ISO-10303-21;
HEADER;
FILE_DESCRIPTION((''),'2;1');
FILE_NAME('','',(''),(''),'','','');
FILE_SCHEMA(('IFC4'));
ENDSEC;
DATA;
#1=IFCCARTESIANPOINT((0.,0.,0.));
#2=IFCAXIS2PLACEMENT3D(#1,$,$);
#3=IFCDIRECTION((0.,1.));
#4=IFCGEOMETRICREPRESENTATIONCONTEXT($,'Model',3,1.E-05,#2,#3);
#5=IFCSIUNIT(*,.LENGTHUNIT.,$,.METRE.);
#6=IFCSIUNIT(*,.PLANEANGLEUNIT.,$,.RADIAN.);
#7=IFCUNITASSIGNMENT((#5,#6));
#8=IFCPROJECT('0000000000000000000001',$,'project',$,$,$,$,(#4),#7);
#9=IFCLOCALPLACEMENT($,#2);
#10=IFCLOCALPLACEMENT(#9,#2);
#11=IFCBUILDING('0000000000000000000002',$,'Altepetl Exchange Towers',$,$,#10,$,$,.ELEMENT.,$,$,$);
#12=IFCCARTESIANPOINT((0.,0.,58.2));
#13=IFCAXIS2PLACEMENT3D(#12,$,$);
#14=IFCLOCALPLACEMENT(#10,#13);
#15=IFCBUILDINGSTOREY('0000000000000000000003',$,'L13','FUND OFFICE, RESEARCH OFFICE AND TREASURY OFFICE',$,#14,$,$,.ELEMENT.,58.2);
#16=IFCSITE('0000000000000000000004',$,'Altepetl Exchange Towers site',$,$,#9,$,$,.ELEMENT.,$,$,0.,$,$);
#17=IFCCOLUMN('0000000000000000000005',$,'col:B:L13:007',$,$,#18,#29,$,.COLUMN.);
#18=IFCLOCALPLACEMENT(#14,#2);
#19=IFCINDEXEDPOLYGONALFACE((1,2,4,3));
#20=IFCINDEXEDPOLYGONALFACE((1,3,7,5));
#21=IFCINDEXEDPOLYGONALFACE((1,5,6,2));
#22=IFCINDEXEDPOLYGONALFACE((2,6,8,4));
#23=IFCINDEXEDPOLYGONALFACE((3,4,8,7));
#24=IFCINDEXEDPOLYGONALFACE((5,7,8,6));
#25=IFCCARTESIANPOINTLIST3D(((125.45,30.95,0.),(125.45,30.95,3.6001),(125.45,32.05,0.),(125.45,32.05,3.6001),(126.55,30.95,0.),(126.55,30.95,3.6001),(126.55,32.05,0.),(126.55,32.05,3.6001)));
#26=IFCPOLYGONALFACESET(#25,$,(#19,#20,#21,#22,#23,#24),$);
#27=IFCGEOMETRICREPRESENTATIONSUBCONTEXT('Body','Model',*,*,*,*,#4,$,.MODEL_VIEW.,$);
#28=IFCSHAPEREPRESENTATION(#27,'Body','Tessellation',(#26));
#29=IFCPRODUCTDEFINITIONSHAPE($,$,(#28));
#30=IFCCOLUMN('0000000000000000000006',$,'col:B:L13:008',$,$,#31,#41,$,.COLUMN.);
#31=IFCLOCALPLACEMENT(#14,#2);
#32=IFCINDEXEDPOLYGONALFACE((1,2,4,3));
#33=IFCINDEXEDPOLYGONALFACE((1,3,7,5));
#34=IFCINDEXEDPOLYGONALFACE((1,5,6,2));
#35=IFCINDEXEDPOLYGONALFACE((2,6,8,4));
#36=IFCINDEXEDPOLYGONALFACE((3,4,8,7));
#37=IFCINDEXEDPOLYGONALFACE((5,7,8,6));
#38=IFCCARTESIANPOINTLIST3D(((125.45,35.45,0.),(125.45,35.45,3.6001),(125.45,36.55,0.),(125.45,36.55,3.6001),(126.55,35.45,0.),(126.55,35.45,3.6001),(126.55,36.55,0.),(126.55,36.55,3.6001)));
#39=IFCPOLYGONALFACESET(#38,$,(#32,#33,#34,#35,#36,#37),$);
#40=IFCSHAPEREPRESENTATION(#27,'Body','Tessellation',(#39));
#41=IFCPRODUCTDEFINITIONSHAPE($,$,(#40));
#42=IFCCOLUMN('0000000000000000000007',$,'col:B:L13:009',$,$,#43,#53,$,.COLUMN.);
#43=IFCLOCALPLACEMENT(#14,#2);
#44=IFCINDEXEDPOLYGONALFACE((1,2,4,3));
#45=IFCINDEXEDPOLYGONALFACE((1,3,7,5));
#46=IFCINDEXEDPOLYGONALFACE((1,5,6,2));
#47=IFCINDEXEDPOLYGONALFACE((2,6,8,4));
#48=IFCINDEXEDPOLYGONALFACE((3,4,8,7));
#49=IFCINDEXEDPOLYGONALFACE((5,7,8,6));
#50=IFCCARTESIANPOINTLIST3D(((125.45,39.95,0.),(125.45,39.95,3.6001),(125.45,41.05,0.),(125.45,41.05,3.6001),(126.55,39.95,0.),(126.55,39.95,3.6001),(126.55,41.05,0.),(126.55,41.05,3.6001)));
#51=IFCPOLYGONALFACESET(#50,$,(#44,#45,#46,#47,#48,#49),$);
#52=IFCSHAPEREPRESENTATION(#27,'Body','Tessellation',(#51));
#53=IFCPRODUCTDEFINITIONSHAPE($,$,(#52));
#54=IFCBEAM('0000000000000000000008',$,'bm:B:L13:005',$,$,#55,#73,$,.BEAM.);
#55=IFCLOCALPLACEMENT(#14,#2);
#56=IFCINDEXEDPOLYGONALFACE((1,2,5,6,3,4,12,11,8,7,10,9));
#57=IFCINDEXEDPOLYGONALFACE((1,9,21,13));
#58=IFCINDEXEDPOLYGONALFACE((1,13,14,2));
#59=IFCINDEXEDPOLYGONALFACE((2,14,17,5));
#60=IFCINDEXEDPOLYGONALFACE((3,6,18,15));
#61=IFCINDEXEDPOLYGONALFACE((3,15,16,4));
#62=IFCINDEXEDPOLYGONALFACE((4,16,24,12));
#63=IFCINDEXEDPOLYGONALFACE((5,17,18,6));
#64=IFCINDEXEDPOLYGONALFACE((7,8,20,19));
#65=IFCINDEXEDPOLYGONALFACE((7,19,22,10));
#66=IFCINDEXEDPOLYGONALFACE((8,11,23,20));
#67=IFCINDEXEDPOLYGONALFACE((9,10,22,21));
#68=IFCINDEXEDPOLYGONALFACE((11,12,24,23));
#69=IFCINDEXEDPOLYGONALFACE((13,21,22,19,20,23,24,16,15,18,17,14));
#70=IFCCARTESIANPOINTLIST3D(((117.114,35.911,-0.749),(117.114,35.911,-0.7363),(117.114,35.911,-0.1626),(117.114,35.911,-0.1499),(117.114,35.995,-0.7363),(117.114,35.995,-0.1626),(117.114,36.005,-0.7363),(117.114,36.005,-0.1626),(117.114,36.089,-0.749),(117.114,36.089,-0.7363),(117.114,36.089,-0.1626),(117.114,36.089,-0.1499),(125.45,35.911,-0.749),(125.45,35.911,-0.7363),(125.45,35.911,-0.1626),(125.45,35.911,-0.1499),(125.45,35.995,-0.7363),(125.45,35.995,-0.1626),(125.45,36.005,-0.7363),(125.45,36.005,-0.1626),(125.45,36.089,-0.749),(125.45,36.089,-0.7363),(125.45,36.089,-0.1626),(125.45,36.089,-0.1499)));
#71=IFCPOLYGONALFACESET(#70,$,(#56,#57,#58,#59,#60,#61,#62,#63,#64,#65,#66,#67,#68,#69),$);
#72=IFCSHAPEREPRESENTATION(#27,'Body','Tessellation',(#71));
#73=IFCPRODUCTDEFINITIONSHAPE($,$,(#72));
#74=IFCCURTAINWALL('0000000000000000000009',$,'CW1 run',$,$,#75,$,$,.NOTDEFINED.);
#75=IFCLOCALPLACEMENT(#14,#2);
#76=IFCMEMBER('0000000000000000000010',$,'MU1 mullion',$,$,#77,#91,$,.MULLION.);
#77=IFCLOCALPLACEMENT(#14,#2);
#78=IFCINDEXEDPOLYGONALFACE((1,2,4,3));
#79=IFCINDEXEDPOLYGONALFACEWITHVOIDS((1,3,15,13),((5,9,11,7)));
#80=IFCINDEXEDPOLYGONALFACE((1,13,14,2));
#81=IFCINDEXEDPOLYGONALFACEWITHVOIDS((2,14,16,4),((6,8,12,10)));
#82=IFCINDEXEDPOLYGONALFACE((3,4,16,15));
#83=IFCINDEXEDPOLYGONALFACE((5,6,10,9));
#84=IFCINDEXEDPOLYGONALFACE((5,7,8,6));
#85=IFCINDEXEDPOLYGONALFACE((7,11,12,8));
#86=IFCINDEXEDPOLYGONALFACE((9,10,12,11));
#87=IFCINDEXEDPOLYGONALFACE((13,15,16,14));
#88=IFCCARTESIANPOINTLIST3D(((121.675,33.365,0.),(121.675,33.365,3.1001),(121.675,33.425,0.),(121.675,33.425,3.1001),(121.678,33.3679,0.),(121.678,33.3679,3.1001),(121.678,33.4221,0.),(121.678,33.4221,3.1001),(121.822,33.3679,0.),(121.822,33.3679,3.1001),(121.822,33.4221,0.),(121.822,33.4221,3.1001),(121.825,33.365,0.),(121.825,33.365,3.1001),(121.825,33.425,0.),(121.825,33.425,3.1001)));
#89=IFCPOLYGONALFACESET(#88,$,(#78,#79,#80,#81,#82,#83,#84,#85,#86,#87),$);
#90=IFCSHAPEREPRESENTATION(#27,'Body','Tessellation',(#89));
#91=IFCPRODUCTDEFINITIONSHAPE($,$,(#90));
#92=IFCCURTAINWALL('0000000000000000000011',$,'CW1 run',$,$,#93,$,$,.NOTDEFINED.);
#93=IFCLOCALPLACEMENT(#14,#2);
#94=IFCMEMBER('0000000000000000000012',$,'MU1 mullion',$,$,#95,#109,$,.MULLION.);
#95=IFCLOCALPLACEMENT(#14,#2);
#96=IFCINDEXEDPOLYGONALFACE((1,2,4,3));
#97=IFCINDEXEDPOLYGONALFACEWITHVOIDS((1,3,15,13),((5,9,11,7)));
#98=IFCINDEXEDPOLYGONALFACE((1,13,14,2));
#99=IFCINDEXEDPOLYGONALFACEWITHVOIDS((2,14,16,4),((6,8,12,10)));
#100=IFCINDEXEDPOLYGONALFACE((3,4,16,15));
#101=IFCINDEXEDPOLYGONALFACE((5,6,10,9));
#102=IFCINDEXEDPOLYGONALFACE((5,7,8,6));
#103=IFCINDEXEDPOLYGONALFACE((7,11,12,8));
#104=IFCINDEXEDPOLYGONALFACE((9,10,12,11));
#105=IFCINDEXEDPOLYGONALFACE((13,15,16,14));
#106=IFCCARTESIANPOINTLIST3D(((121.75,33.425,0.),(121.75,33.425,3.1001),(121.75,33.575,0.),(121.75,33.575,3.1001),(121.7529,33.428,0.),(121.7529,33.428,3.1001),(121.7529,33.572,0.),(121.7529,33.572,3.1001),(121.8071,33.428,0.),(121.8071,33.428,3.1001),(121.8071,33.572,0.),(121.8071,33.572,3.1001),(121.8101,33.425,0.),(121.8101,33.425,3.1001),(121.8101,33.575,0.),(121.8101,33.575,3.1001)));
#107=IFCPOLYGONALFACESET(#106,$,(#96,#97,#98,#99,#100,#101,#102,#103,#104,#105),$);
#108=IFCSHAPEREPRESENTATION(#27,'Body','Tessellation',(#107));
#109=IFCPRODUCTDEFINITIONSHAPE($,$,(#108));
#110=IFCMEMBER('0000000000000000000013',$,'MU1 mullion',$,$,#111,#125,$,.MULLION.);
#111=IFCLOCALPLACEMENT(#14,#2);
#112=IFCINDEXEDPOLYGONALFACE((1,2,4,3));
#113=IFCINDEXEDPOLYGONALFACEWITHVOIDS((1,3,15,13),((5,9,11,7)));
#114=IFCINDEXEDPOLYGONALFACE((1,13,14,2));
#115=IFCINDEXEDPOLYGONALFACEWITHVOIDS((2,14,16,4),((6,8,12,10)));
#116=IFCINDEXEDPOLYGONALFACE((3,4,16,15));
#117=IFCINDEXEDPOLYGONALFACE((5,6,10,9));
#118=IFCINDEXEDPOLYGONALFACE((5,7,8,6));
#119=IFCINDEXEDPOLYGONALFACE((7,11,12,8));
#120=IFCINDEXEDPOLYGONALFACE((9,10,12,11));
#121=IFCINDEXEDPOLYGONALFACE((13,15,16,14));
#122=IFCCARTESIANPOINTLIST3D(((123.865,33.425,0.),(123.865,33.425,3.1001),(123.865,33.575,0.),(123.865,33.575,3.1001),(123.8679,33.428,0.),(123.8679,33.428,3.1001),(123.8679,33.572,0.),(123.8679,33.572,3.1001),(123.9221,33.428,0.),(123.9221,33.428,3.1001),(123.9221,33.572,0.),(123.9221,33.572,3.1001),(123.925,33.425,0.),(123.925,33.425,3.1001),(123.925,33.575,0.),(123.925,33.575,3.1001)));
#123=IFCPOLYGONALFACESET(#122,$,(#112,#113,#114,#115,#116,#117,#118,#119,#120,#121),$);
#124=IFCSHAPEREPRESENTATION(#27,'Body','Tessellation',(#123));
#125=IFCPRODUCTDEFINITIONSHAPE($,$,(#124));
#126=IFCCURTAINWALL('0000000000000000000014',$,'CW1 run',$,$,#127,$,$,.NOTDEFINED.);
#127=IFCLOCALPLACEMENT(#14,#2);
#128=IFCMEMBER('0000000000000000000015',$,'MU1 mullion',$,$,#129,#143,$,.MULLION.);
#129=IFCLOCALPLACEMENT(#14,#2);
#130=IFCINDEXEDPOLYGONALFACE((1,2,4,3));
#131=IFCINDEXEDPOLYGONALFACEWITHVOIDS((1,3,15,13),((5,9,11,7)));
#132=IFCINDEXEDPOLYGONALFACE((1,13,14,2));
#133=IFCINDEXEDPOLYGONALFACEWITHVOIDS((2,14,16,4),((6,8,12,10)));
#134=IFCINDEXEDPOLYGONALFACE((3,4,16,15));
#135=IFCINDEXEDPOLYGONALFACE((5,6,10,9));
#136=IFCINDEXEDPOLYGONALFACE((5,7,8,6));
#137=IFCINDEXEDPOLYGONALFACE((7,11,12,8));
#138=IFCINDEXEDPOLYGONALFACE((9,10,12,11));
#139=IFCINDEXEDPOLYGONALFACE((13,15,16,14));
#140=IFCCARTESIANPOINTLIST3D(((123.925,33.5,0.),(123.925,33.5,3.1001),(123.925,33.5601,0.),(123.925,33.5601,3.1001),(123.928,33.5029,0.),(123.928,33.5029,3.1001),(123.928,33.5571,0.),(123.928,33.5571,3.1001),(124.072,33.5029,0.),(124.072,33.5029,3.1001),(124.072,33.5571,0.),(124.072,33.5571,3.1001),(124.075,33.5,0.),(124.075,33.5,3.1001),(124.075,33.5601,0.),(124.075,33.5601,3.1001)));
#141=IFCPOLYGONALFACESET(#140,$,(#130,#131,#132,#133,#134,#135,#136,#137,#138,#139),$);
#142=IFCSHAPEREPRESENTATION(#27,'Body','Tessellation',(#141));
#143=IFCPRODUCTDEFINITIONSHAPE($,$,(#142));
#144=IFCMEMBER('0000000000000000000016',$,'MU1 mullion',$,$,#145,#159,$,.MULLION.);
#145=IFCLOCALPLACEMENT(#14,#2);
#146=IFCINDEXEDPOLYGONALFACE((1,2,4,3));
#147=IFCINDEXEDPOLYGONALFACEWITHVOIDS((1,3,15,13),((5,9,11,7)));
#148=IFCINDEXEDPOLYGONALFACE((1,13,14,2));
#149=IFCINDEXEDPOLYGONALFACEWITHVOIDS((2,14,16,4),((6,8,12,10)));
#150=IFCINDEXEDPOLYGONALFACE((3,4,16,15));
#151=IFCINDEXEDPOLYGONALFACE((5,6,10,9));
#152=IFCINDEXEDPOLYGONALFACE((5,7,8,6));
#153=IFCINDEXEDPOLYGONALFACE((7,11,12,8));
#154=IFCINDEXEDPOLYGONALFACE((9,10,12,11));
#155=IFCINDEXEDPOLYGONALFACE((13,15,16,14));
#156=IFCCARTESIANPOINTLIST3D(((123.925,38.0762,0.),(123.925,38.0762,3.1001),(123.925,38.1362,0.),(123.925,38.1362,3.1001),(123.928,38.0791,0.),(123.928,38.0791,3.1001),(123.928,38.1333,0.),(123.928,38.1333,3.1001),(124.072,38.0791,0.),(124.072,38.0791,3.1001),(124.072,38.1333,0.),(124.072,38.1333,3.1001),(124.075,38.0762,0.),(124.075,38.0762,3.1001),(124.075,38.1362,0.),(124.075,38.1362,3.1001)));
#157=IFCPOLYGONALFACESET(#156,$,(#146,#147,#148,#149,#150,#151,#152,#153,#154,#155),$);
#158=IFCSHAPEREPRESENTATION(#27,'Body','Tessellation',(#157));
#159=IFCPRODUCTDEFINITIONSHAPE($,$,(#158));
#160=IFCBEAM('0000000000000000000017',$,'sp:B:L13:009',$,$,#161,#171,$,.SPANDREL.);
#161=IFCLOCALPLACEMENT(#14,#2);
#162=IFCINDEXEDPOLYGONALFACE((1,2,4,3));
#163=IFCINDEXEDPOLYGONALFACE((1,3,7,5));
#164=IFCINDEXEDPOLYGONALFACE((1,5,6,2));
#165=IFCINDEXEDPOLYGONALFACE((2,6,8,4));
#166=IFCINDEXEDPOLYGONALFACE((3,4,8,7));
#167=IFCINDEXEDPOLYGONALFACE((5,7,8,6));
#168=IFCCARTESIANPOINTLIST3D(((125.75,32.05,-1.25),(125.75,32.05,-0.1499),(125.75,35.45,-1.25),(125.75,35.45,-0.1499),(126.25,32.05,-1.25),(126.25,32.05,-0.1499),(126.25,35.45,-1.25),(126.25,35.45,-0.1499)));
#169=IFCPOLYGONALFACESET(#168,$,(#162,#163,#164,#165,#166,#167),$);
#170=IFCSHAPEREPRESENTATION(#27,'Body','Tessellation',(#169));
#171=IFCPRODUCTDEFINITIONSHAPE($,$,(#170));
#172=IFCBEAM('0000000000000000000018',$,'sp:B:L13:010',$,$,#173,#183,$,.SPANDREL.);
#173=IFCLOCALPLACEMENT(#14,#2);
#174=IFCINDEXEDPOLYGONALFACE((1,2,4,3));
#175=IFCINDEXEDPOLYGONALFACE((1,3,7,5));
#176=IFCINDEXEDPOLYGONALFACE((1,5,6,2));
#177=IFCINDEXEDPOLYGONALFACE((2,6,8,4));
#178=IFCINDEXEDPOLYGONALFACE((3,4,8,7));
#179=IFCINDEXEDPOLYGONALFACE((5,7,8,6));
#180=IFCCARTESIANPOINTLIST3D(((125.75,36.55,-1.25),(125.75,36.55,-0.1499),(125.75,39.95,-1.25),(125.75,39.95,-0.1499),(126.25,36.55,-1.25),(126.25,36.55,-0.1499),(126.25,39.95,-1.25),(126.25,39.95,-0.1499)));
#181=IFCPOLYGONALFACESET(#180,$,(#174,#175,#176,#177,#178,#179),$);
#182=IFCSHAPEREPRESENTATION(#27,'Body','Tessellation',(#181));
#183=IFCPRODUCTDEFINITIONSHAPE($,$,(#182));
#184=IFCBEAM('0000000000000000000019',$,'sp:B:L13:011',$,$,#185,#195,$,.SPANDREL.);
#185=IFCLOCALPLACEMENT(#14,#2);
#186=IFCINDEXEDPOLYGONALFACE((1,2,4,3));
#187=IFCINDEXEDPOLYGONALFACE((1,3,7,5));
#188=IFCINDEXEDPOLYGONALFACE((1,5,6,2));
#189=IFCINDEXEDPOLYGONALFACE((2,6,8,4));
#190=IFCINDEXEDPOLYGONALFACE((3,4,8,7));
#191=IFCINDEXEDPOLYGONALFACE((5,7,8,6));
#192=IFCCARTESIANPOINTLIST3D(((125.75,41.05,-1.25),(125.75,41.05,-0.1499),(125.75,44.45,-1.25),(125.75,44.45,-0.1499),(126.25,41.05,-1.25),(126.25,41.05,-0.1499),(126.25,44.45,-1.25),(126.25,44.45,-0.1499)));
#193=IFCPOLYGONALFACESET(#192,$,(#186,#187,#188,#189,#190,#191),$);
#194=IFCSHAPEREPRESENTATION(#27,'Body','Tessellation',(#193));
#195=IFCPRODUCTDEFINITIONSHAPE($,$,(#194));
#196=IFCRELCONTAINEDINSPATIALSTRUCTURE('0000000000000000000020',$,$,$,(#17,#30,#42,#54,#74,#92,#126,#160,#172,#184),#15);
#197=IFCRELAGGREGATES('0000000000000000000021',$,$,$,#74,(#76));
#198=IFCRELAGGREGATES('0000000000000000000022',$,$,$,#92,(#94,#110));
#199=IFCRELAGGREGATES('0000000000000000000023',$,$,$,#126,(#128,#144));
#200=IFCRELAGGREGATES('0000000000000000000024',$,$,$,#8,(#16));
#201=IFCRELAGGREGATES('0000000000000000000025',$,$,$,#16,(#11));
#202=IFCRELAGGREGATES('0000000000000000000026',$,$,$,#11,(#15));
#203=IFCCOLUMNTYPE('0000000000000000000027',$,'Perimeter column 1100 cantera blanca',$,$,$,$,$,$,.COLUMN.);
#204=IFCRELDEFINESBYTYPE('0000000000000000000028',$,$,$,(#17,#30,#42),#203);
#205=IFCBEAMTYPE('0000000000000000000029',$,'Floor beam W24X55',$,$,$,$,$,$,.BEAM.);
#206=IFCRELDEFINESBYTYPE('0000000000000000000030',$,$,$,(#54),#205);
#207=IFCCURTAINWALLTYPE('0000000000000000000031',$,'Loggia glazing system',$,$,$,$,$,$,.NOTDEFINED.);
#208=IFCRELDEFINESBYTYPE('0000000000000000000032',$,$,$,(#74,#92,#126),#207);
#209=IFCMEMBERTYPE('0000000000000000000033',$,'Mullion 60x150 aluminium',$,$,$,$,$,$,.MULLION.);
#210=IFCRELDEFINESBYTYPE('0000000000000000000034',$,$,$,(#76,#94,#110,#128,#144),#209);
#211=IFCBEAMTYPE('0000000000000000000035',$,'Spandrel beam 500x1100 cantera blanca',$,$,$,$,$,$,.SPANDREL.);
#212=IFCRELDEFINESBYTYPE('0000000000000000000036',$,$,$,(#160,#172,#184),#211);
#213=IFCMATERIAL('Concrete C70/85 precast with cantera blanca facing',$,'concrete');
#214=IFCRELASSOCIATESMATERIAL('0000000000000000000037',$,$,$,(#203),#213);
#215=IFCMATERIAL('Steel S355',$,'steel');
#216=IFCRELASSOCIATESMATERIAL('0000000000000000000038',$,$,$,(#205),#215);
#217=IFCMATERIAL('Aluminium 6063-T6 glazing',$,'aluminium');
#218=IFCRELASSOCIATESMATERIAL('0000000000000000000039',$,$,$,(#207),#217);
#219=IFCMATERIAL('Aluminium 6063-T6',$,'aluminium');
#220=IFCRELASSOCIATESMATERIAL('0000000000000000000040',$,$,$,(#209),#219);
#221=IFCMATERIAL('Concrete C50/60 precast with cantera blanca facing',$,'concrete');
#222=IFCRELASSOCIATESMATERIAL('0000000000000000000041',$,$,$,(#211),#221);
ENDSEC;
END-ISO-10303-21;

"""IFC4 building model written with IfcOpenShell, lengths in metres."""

from ifc_helpers import new_model, si_unit, direction, frame, origin, origin_2d, place, context, subcontext, project, spatial, rectangle, hollow_rectangle, i_section, extrude, material, material_profile, profile_set, type_object, element, aggregate, save


model = new_model("IFC4")

# Units and contexts
model_context = context("Model", 3, precision=1e-05, world=origin(), true_north=direction((0.0, 1.0)))
body_context = subcontext(model_context, "Body", "Model", "MODEL_VIEW")
ifc_project = project(units=[si_unit("LENGTHUNIT", "METRE"), si_unit("PLANEANGLEUNIT", "RADIAN")], contexts=[model_context])

# Site, building, storey
site_placement = place(None, origin())
site = spatial("IfcSite", under=ifc_project, at=site_placement, Name="Altepetl Exchange Towers site", CompositionType="ELEMENT", RefElevation=0.0)
building_placement = place(site_placement, origin())
building = spatial("IfcBuilding", under=site, at=building_placement, Name="Altepetl Exchange Towers", CompositionType="ELEMENT")
storey_placement = place(building_placement, frame((0.0, 0.0, 58.2)))
storey = spatial("IfcBuildingStorey", under=building, at=storey_placement, Name="L13", Description="FUND OFFICE, RESEARCH OFFICE AND TREASURY OFFICE", CompositionType="ELEMENT", Elevation=58.2)

# Columns
ifc_material_1 = material(Name="Concrete C70/85 precast with cantera blanca facing", Category="concrete")
ifc_material_profile_1 = material_profile(ifc_material_1, rectangle(XDim=1.1001, YDim=1.1001, at=origin_2d()), Name="1100 x 1100")
ifc_profile_set_1 = profile_set([ifc_material_profile_1], Name="Concrete C70/85 precast with cantera blanca facing")
column_type = type_object("IfcColumnType", Name="Perimeter column 1100 cantera blanca", PredefinedType="COLUMN", material=ifc_profile_set_1)
for number, where, name in (
    (1, (126.0, 31.5, 0.0), "col:B:L13:007"),
    (2, (126.0, 36.0, 0.0), "col:B:L13:008"),
    (3, (126.0, 40.5, 0.0), "col:B:L13:009"),
):
    element("IfcColumn", number, at=place(storey_placement, frame(where)), inside=storey, type_object=column_type, Name=name, PredefinedType="COLUMN", context=body_context, shape_type="SweptSolid", body=[
        extrude(rectangle(XDim=1.1001, YDim=1.1001, at=origin_2d()), origin(), (0.0, 0.0, 1.0), 3.6001),
    ])

# Beam
ifc_material_2 = material(Name="Steel S355", Category="steel")
ifc_material_profile_2 = material_profile(ifc_material_2, i_section(OverallWidth=0.178, OverallDepth=0.5991, WebThickness=0.01, FlangeThickness=0.0127, at=origin_2d()), Name="W24X55")
ifc_profile_set_2 = profile_set([ifc_material_profile_2], Name="Steel S355")
beam_type_1 = type_object("IfcBeamType", Name="Floor beam W24X55", PredefinedType="BEAM", material=ifc_profile_set_2)
beam_placement = place(storey_placement, frame((117.114, 36.0, -0.4495), z_axis=(1.0, 0.0, 0.0), x_axis=(0.0, 1.0, 0.0)))
element("IfcBeam", 4, at=beam_placement, inside=storey, type_object=beam_type_1, Name="bm:B:L13:005", PredefinedType="BEAM", context=body_context, shape_type="SweptSolid", body=[
    extrude(i_section(OverallWidth=0.178, OverallDepth=0.5991, WebThickness=0.01, FlangeThickness=0.0127, at=origin_2d()), origin(), (0.0, 0.0, 1.0), 8.3359),
])

# Curtain wall, member
ifc_material_3 = material(Name="Aluminium 6063-T6 glazing", Category="aluminium")
curtain_wall_type = type_object("IfcCurtainWallType", Name="Loggia glazing system", PredefinedType="NOTDEFINED", material=ifc_material_3)
curtain_wall_1_placement = place(storey_placement, origin())
curtain_wall_1 = element("IfcCurtainWall", 5, at=curtain_wall_1_placement, inside=storey, type_object=curtain_wall_type, Name="CW1 run", PredefinedType="NOTDEFINED")
ifc_material_4 = material(Name="Aluminium 6063-T6", Category="aluminium")
ifc_material_profile_3 = material_profile(ifc_material_4, hollow_rectangle(XDim=0.0601, YDim=0.1499, WallThickness=0.0029, at=origin_2d()), Name="Mullion 60x150 aluminium")
ifc_profile_set_3 = profile_set([ifc_material_profile_3], Name="Aluminium 6063-T6")
member_type = type_object("IfcMemberType", Name="Mullion 60x150 aluminium", PredefinedType="MULLION", material=ifc_profile_set_3)
member_1_placement = place(storey_placement, frame((121.75, 33.395, 0.0), z_axis=(0.0, 0.0, 1.0), x_axis=(0.0, 1.0, 0.0)))
member_1 = element("IfcMember", 6, at=member_1_placement, type_object=member_type, Name="MU1 mullion", PredefinedType="MULLION", context=body_context, shape_type="SweptSolid", body=[
    extrude(hollow_rectangle(XDim=0.0601, YDim=0.1499, WallThickness=0.0029, at=origin_2d()), origin(), (0.0, 0.0, 1.0), 3.1001),
])

# Curtain walls, members
curtain_wall_2_placement = place(storey_placement, origin())
curtain_wall_2 = element("IfcCurtainWall", 7, at=curtain_wall_2_placement, inside=storey, type_object=curtain_wall_type, Name="CW1 run", PredefinedType="NOTDEFINED")
member_2_placement = place(storey_placement, frame((121.78, 33.5, 0.0)))
member_2 = element("IfcMember", 8, at=member_2_placement, type_object=member_type, Name="MU1 mullion", PredefinedType="MULLION", context=body_context, shape_type="SweptSolid", body=[
    extrude(hollow_rectangle(XDim=0.0601, YDim=0.1499, WallThickness=0.0029, at=origin_2d()), origin(), (0.0, 0.0, 1.0), 3.1001),
])
member_3_placement = place(storey_placement, frame((123.895, 33.5, 0.0)))
member_3 = element("IfcMember", 9, at=member_3_placement, type_object=member_type, Name="MU1 mullion", PredefinedType="MULLION", context=body_context, shape_type="SweptSolid", body=[
    extrude(hollow_rectangle(XDim=0.0601, YDim=0.1499, WallThickness=0.0029, at=origin_2d()), origin(), (0.0, 0.0, 1.0), 3.1001),
])
curtain_wall_3_placement = place(storey_placement, origin())
curtain_wall_3 = element("IfcCurtainWall", 10, at=curtain_wall_3_placement, inside=storey, type_object=curtain_wall_type, Name="CW1 run", PredefinedType="NOTDEFINED")
member_4_placement = place(storey_placement, frame((124.0, 33.53, 0.0), z_axis=(0.0, 0.0, 1.0), x_axis=(0.0, 1.0, 0.0)))
member_4 = element("IfcMember", 11, at=member_4_placement, type_object=member_type, Name="MU1 mullion", PredefinedType="MULLION", context=body_context, shape_type="SweptSolid", body=[
    extrude(hollow_rectangle(XDim=0.0601, YDim=0.1499, WallThickness=0.0029, at=origin_2d()), origin(), (0.0, 0.0, 1.0), 3.1001),
])
member_5_placement = place(storey_placement, frame((124.0, 38.1062, 0.0), z_axis=(0.0, 0.0, 1.0), x_axis=(0.0, 1.0, 0.0)))
member_5 = element("IfcMember", 12, at=member_5_placement, type_object=member_type, Name="MU1 mullion", PredefinedType="MULLION", context=body_context, shape_type="SweptSolid", body=[
    extrude(hollow_rectangle(XDim=0.0601, YDim=0.1499, WallThickness=0.0029, at=origin_2d()), origin(), (0.0, 0.0, 1.0), 3.1001),
])

# Beams
ifc_material_5 = material(Name="Concrete C50/60 precast with cantera blanca facing", Category="concrete")
ifc_material_profile_4 = material_profile(ifc_material_5, rectangle(XDim=0.5, YDim=1.1001, at=origin_2d()), Name="500 x 1100")
ifc_profile_set_4 = profile_set([ifc_material_profile_4], Name="Concrete C50/60 precast with cantera blanca facing")
beam_type_2 = type_object("IfcBeamType", Name="Spandrel beam 500x1100 cantera blanca", PredefinedType="SPANDREL", material=ifc_profile_set_4)
for number, where, z_axis, x_axis, name in (
    (13, (126.0, 32.05, -0.7), (0.0, 1.0, 0.0), (-1.0, 0.0, 0.0), "sp:B:L13:009"),
    (14, (126.0, 36.55, -0.7), (0.0, 1.0, 0.0), (-1.0, 0.0, 0.0), "sp:B:L13:010"),
    (15, (126.0, 41.05, -0.7), (0.0, 1.0, 0.0), (-1.0, 0.0, 0.0), "sp:B:L13:011"),
):
    element("IfcBeam", number, at=place(storey_placement, frame(where, z_axis=z_axis, x_axis=x_axis)), inside=storey, type_object=beam_type_2, Name=name, PredefinedType="SPANDREL", context=body_context, shape_type="SweptSolid", body=[
        extrude(rectangle(XDim=0.5, YDim=1.1001, at=origin_2d()), origin(), (0.0, 0.0, 1.0), 3.3999),
    ])

aggregate(curtain_wall_1, [member_1])
aggregate(curtain_wall_2, [member_2, member_3])
aggregate(curtain_wall_3, [member_4, member_5])

save(model, "model.ifc")
